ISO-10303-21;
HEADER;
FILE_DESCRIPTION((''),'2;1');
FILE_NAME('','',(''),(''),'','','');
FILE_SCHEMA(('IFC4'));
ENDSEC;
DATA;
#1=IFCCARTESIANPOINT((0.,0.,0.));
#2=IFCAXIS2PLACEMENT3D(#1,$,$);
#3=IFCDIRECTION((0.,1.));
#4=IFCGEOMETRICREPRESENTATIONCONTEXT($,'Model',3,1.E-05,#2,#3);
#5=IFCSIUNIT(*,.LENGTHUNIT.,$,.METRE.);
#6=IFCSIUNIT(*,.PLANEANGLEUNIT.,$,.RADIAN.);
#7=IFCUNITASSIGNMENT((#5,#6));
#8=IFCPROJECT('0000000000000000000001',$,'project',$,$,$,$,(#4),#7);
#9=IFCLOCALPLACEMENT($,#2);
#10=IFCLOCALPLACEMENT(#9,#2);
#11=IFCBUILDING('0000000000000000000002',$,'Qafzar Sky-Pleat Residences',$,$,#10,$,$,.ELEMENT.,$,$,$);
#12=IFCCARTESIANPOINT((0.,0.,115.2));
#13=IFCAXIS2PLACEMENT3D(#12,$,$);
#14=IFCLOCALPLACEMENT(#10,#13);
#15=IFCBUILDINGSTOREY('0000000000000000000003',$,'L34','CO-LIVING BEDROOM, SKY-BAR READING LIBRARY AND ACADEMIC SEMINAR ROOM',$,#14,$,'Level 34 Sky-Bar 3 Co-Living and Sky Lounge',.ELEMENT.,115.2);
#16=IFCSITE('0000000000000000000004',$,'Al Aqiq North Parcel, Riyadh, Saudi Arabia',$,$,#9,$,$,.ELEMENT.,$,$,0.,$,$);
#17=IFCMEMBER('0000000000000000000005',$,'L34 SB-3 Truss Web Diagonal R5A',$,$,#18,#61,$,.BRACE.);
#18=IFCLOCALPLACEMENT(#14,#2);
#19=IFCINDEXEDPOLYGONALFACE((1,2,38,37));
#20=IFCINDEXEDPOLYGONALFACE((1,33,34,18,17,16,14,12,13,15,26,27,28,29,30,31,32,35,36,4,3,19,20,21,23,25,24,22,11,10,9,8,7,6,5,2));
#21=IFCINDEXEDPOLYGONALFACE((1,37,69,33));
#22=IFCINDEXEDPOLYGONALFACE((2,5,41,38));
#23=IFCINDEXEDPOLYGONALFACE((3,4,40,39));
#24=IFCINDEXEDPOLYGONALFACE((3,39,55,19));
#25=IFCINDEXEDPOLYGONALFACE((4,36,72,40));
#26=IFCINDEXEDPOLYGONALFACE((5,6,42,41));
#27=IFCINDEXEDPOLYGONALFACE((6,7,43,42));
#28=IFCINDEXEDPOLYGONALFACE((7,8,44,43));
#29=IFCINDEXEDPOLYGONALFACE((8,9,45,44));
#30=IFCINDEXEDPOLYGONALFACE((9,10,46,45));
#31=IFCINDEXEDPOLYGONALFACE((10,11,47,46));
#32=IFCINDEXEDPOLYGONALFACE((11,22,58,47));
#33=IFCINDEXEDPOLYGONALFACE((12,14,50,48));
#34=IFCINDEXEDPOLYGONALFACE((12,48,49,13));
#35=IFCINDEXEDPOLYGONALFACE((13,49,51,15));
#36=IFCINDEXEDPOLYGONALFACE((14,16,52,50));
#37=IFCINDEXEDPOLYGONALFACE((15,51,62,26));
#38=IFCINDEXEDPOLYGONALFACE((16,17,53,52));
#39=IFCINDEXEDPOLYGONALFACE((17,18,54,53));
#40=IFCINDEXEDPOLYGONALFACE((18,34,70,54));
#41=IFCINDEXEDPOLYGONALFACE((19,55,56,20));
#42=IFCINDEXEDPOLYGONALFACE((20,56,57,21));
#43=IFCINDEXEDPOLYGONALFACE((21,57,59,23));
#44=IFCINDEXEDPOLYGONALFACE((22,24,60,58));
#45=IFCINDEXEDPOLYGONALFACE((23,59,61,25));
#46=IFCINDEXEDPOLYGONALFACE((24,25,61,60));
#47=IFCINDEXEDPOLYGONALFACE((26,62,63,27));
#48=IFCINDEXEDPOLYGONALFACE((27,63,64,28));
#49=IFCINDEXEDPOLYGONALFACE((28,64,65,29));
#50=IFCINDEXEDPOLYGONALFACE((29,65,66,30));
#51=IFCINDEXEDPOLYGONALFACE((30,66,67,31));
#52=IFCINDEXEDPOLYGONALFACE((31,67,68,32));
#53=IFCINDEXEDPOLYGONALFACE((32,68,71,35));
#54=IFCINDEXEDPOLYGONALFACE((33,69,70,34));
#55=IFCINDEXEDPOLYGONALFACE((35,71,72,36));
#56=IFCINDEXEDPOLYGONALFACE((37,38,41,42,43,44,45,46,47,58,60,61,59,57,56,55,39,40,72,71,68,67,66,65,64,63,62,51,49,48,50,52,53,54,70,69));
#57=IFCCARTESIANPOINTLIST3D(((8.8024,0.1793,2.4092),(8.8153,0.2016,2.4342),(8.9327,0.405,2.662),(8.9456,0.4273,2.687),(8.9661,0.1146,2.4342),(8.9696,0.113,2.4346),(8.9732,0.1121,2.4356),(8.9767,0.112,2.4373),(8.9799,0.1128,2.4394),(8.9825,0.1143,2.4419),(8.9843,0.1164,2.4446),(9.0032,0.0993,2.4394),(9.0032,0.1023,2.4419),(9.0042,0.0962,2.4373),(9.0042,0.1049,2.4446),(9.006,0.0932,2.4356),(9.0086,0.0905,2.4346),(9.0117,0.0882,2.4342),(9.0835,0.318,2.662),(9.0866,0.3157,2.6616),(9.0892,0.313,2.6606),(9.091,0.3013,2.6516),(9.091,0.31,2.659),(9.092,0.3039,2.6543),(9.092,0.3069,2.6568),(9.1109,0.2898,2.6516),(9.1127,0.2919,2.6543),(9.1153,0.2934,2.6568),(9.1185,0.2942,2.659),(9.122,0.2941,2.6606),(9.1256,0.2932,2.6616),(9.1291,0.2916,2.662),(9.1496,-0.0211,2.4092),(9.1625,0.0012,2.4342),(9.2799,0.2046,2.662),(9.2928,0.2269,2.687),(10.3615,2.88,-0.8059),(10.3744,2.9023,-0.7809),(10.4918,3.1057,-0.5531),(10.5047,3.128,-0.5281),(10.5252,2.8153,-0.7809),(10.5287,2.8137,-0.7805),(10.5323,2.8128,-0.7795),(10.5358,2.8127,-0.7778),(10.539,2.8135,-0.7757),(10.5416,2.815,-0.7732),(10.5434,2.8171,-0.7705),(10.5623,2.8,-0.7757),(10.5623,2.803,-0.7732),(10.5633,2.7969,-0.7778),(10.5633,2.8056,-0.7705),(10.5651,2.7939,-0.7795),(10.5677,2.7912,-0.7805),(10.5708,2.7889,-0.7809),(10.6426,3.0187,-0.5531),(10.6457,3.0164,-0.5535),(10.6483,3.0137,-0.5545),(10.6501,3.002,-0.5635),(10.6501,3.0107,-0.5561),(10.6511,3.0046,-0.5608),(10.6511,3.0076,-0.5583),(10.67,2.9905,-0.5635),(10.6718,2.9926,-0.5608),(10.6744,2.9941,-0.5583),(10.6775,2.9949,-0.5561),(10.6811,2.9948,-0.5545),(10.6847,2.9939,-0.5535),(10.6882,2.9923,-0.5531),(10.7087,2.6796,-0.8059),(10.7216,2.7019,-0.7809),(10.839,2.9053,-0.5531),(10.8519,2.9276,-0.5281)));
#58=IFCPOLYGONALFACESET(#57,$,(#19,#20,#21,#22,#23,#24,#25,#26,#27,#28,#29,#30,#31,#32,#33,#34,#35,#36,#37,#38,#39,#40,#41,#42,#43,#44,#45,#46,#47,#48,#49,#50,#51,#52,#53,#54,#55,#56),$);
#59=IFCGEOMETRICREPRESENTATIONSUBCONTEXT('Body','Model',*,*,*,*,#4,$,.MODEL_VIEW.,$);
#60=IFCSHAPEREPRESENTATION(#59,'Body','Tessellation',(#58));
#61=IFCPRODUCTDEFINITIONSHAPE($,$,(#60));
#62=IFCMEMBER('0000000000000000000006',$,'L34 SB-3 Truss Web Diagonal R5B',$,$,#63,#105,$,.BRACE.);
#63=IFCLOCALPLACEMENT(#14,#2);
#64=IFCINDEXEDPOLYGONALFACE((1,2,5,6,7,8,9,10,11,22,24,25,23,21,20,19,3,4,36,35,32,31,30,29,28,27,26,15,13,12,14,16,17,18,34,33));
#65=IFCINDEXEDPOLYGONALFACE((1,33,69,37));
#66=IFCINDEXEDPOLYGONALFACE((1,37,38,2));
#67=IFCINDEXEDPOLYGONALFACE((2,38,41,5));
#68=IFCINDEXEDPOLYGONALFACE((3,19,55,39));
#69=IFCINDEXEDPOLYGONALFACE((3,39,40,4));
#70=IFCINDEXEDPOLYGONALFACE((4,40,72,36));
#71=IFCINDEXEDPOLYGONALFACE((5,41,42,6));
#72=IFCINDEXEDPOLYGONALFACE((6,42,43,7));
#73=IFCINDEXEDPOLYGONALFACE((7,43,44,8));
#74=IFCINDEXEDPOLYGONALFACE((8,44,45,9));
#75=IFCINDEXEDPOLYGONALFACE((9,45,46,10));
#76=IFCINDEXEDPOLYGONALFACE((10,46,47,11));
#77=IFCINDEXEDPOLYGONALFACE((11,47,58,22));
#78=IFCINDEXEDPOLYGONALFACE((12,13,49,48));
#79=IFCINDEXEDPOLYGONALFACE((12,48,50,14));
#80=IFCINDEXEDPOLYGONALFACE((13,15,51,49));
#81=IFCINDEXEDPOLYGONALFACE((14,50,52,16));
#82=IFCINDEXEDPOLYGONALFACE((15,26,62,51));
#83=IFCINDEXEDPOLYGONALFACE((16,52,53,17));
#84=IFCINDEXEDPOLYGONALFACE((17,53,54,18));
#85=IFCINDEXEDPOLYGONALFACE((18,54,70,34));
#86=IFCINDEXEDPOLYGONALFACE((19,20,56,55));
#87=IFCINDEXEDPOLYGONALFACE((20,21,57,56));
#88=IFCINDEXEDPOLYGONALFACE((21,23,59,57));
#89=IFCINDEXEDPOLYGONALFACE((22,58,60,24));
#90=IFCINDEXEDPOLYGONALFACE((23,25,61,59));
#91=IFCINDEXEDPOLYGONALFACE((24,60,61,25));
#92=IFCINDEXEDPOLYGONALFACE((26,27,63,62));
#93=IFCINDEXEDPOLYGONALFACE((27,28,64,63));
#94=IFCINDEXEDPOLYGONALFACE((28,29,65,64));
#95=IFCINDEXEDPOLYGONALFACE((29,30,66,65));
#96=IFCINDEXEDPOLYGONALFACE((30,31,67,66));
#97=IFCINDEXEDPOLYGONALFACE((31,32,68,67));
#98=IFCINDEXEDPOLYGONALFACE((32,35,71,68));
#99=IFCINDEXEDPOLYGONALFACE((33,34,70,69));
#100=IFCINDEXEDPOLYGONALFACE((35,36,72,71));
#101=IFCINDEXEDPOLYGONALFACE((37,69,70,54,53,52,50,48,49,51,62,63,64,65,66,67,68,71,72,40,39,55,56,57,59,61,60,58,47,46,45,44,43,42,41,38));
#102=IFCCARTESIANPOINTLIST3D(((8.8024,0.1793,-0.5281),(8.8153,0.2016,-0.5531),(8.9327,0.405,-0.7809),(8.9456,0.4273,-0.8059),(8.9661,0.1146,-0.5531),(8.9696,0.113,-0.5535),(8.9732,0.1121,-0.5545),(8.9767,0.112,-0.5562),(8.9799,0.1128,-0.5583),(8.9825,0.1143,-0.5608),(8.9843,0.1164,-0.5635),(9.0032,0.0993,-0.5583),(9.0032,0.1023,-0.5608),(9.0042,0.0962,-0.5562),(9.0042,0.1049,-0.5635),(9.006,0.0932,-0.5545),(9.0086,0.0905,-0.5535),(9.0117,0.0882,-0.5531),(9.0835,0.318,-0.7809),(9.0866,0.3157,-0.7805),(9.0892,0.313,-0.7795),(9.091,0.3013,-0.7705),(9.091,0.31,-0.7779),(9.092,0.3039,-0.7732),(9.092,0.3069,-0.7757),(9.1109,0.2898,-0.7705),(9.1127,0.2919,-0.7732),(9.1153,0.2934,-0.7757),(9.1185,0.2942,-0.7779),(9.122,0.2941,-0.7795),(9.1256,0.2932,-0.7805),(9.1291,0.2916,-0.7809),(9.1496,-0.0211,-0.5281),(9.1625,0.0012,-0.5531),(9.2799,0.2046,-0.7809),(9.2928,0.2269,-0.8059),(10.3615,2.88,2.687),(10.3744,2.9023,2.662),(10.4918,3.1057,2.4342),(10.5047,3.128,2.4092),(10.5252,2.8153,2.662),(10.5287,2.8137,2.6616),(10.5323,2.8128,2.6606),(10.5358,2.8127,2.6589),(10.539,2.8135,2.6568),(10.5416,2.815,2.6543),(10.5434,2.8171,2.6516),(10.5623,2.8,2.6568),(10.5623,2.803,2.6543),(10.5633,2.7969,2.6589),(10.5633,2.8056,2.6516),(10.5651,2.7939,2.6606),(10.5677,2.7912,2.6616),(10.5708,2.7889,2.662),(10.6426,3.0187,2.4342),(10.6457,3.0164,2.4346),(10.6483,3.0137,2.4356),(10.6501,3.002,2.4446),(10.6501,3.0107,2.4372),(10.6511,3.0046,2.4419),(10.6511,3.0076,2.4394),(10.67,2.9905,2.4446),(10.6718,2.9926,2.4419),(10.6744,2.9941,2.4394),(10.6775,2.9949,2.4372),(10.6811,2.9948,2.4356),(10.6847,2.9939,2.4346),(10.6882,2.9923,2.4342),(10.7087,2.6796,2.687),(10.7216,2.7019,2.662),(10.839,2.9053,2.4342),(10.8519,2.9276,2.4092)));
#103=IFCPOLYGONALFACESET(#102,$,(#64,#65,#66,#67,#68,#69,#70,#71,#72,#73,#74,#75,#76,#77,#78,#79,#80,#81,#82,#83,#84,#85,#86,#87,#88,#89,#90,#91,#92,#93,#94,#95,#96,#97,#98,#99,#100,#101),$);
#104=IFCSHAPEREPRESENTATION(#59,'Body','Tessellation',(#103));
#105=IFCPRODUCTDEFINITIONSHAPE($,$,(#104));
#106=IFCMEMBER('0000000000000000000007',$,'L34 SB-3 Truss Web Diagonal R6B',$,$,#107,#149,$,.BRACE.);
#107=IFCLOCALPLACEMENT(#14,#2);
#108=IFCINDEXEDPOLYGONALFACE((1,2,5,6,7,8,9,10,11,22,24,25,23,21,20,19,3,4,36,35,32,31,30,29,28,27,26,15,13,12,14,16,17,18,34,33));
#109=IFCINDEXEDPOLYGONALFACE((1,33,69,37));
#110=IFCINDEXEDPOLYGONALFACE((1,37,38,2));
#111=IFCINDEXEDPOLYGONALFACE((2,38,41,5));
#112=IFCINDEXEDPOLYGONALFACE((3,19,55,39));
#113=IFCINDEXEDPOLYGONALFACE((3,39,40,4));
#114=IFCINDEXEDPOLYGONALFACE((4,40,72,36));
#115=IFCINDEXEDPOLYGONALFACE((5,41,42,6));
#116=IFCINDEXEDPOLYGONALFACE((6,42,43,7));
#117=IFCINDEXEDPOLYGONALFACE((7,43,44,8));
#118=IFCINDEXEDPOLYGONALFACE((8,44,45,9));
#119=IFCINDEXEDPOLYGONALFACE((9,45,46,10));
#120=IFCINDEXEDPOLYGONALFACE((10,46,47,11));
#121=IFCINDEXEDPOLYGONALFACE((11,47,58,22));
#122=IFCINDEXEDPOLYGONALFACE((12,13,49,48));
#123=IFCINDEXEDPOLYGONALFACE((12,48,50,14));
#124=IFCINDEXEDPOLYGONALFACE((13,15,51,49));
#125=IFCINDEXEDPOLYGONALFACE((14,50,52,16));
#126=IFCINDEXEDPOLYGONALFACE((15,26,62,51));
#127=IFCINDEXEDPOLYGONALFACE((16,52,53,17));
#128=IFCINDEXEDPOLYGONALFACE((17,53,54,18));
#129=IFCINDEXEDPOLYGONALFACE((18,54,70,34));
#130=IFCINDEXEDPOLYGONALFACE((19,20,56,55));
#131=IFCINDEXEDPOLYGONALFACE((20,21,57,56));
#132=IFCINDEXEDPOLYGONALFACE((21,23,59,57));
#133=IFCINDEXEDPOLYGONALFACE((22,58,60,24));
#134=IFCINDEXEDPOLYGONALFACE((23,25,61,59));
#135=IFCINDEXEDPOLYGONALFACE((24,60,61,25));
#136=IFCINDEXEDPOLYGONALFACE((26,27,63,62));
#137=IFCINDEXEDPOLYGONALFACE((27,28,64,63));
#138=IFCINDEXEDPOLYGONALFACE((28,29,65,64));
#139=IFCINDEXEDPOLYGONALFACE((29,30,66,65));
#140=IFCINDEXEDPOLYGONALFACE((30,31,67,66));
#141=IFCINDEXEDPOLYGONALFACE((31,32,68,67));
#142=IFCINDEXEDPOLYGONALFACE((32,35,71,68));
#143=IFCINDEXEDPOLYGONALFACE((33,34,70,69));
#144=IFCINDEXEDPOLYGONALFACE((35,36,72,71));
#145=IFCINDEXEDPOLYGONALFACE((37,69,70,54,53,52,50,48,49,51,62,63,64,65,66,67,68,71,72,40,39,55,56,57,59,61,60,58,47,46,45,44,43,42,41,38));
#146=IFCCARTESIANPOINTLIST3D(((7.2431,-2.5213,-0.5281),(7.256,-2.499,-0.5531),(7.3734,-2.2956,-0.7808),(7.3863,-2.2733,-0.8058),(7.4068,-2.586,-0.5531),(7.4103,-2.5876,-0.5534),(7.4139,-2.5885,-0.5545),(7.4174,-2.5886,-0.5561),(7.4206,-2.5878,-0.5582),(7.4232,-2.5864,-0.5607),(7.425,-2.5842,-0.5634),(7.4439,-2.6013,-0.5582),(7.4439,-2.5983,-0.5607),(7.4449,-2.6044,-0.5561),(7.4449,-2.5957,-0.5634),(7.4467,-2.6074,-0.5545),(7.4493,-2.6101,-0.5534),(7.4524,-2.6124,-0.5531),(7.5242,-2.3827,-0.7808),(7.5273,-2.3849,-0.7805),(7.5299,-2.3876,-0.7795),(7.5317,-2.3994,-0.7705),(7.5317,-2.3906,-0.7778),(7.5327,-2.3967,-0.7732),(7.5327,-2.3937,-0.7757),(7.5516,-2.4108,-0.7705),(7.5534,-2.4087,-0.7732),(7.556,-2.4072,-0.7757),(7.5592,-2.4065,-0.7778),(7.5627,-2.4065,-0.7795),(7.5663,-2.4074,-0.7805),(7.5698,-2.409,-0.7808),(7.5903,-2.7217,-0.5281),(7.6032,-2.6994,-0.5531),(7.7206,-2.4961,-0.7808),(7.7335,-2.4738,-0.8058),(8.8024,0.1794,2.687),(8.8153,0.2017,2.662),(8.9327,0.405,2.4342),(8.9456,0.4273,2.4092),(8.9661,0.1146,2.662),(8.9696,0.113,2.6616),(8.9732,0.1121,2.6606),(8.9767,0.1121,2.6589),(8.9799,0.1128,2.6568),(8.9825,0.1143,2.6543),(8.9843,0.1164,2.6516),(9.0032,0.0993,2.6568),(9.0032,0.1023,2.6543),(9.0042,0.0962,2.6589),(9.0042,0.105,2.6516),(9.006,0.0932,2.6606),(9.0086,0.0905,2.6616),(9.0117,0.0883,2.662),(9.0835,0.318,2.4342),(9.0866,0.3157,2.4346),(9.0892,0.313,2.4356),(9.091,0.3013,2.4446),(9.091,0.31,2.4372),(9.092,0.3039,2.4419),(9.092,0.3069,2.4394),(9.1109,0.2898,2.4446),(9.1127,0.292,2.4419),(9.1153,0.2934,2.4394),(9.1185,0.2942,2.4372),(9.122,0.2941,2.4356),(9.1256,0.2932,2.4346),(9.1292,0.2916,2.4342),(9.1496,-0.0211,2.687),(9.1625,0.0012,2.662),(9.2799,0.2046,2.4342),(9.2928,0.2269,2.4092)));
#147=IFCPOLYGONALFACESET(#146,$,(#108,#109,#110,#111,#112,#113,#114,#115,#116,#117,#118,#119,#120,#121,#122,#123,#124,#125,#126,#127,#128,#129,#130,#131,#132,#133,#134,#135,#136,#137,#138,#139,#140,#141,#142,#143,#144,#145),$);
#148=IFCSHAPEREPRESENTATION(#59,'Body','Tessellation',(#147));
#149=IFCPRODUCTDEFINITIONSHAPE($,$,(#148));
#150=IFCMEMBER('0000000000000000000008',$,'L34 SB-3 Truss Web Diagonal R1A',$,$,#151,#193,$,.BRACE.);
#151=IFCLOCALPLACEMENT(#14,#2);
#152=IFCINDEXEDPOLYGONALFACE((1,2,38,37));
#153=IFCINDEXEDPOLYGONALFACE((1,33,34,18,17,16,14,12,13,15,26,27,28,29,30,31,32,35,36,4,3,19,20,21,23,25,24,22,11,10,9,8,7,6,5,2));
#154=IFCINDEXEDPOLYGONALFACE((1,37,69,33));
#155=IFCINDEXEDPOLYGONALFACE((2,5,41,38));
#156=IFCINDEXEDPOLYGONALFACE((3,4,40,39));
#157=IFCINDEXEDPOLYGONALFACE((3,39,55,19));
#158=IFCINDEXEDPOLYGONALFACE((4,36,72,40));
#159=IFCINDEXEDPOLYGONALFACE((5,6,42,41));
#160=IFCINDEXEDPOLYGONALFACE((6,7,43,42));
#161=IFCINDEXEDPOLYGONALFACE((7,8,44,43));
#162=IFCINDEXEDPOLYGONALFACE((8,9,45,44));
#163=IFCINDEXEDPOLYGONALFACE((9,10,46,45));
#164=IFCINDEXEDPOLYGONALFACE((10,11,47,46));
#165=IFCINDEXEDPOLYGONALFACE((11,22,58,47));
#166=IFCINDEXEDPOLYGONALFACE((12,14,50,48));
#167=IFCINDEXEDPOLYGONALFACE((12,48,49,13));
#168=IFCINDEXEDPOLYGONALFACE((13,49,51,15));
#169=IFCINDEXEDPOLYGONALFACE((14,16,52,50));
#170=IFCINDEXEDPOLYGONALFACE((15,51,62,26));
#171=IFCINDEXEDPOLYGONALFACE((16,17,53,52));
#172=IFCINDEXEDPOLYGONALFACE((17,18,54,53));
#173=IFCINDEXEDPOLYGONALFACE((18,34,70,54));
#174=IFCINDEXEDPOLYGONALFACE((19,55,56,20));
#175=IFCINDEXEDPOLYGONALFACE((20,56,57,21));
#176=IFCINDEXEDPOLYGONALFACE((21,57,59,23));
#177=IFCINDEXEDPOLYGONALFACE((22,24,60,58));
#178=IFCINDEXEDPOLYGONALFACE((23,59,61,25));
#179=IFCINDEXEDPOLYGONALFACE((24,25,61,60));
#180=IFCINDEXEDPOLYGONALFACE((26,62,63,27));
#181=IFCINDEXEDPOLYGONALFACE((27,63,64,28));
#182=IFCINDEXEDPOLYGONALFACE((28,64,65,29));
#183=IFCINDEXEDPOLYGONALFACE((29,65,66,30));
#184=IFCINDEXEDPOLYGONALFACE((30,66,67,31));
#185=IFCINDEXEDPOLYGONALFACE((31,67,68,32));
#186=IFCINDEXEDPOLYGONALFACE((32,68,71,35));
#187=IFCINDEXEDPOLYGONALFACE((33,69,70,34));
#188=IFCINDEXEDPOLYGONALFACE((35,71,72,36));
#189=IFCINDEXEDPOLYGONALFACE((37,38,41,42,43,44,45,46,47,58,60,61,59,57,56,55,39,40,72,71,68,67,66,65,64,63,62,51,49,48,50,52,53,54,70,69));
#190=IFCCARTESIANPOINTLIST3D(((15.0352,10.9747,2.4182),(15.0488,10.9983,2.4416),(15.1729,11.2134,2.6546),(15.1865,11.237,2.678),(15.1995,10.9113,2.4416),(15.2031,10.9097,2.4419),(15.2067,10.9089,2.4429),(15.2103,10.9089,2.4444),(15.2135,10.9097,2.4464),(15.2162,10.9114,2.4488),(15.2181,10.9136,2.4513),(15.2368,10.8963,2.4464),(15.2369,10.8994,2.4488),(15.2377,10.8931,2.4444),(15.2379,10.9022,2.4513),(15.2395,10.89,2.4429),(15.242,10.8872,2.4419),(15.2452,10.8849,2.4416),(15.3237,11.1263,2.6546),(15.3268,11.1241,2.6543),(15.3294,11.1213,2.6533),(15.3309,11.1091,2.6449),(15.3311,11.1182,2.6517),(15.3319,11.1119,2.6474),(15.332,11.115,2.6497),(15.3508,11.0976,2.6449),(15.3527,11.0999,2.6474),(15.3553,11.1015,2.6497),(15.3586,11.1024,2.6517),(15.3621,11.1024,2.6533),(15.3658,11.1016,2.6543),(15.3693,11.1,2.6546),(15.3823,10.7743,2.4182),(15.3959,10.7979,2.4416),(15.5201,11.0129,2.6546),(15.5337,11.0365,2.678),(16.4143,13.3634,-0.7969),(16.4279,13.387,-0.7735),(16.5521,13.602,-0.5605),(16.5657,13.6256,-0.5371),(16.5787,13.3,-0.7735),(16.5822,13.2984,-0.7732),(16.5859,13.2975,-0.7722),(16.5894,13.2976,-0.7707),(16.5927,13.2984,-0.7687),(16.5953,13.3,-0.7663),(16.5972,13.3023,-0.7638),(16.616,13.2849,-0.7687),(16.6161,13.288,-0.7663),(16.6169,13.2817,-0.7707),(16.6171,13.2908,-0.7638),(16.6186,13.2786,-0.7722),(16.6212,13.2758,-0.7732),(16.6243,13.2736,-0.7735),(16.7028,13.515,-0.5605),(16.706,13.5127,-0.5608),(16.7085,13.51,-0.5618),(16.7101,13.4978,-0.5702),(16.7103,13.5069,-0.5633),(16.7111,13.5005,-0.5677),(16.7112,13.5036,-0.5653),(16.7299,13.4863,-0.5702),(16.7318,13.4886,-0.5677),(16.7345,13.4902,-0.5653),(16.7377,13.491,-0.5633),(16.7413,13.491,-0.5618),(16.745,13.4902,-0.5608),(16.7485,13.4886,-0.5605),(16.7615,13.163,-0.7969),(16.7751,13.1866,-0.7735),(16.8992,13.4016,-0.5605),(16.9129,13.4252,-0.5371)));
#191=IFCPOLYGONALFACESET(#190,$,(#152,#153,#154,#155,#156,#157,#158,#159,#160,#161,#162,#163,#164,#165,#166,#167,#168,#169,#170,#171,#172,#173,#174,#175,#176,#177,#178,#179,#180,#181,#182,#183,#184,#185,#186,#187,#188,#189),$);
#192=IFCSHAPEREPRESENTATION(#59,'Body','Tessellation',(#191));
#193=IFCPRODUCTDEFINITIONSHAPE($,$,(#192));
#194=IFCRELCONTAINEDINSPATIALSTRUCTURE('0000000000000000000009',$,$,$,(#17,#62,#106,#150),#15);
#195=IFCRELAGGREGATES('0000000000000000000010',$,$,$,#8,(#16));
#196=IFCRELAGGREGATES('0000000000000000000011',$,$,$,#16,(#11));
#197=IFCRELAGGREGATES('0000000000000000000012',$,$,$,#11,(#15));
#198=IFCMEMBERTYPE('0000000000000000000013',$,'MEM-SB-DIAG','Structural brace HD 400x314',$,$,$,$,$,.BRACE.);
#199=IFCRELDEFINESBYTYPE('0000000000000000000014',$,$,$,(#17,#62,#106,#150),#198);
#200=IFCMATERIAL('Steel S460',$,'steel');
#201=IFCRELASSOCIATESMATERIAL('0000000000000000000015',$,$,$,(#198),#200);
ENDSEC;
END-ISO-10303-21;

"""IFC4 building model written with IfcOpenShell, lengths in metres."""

from ifc_helpers import new_model, si_unit, direction, frame, origin, origin_2d, place, context, subcontext, project, spatial, i_section, extrude, source, transform, mapped, material, material_profile, profile_set, type_object, element, save


model = new_model("IFC4")

# Units and contexts
model_context = context("Model", 3, precision=1e-05, world=origin(), true_north=direction((0.0, 1.0)))
body_context = subcontext(model_context, "Body", "Model", "MODEL_VIEW")
ifc_project = project(units=[si_unit("LENGTHUNIT", "METRE"), si_unit("PLANEANGLEUNIT", "RADIAN")], contexts=[model_context])

# Site, building, storey
site_placement = place(None, origin())
site = spatial("IfcSite", under=ifc_project, at=site_placement, Name="Al Aqiq North Parcel, Riyadh, Saudi Arabia", CompositionType="ELEMENT", RefElevation=0.0)
building_placement = place(site_placement, origin())
building = spatial("IfcBuilding", under=site, at=building_placement, Name="Qafzar Sky-Pleat Residences", CompositionType="ELEMENT")
storey_placement = place(building_placement, frame((0.0, 0.0, 115.2)))
storey = spatial("IfcBuildingStorey", under=building, at=storey_placement, Name="L34", Description="CO-LIVING BEDROOM, SKY-BAR READING LIBRARY AND ACADEMIC SEMINAR ROOM", LongName="Level 34 Sky-Bar 3 Co-Living and Sky Lounge", CompositionType="ELEMENT", Elevation=115.2)

# Shared definitions
ifc_material_1 = material(Name="Steel S460", Category="steel")

# Members
ifc_material_profile_1 = material_profile(ifc_material_1, i_section(OverallWidth=0.4009, OverallDepth=0.3989, WebThickness=0.0229, FlangeThickness=0.0359, FilletRadius=0.0149, at=origin_2d()), Name="HD 400x314")
ifc_profile_set_1 = profile_set([ifc_material_profile_1], Name="Steel S460")
member_type = type_object("IfcMemberType", Name="MEM-SB-DIAG", Description="Structural brace HD 400x314", PredefinedType="BRACE", material=ifc_profile_set_1)
shared_shape_1 = source(origin(), body_context, "Body", "SweptSolid", [
    extrude(i_section(OverallWidth=0.4009, OverallDepth=0.3989, WebThickness=0.0229, FlangeThickness=0.0359, FilletRadius=0.0149, at=origin_2d()), origin(), (0.0, 0.0, 1.0), 4.479),
])
for number, where, z_axis, x_axis, name in (
    (1, (10.6067, 2.9038, -0.667), (-0.348089, -0.602969, 0.717818), (0.866047, -0.499962, 0.0), "L34 SB-3 Truss Web Diagonal R5A"),
    (2, (10.6067, 2.9038, 2.5481), (-0.348089, -0.602969, -0.717818), (0.866047, -0.499962, 0.0), "L34 SB-3 Truss Web Diagonal R5B"),
    (3, (9.0476, 0.2031, 2.5481), (-0.348137, -0.602958, -0.717804), (0.866013, -0.500021, 0.0), "L34 SB-3 Truss Web Diagonal R6B"),
):
    element("IfcMember", number, at=place(storey_placement, frame(where, z_axis=z_axis, x_axis=x_axis)), inside=storey, type_object=member_type, Name=name, PredefinedType="BRACE", context=body_context, shape_type="MappedRepresentation", body=[
        mapped(shared_shape_1, transform((0.0, 0.0, 0.0), x_axis=(1.0, 0.0, 0.0), y_axis=(0.0, 1.0, 0.0), z_axis=(0.0, 0.0, 1.0), scale=1.0)),
    ])
shared_shape_2 = source(origin(), body_context, "Body", "SweptSolid", [
    extrude(i_section(OverallWidth=0.4009, OverallDepth=0.3989, WebThickness=0.0229, FlangeThickness=0.0359, FilletRadius=0.0149, at=origin_2d()), origin(), (0.0, 0.0, 1.0), 4.2361),
])
member_placement = place(storey_placement, frame((16.6636, 13.3943, -0.667), z_axis=(-0.32557, -0.563884, 0.758972), x_axis=(0.866018, -0.500014, 0.0)))
element("IfcMember", 4, at=member_placement, inside=storey, type_object=member_type, Name="L34 SB-3 Truss Web Diagonal R1A", PredefinedType="BRACE", context=body_context, shape_type="MappedRepresentation", body=[
    mapped(shared_shape_2, transform((0.0, 0.0, 0.0), x_axis=(1.0, 0.0, 0.0), y_axis=(0.0, 1.0, 0.0), z_axis=(0.0, 0.0, 1.0), scale=1.0)),
])

save(model, "model.ifc")
